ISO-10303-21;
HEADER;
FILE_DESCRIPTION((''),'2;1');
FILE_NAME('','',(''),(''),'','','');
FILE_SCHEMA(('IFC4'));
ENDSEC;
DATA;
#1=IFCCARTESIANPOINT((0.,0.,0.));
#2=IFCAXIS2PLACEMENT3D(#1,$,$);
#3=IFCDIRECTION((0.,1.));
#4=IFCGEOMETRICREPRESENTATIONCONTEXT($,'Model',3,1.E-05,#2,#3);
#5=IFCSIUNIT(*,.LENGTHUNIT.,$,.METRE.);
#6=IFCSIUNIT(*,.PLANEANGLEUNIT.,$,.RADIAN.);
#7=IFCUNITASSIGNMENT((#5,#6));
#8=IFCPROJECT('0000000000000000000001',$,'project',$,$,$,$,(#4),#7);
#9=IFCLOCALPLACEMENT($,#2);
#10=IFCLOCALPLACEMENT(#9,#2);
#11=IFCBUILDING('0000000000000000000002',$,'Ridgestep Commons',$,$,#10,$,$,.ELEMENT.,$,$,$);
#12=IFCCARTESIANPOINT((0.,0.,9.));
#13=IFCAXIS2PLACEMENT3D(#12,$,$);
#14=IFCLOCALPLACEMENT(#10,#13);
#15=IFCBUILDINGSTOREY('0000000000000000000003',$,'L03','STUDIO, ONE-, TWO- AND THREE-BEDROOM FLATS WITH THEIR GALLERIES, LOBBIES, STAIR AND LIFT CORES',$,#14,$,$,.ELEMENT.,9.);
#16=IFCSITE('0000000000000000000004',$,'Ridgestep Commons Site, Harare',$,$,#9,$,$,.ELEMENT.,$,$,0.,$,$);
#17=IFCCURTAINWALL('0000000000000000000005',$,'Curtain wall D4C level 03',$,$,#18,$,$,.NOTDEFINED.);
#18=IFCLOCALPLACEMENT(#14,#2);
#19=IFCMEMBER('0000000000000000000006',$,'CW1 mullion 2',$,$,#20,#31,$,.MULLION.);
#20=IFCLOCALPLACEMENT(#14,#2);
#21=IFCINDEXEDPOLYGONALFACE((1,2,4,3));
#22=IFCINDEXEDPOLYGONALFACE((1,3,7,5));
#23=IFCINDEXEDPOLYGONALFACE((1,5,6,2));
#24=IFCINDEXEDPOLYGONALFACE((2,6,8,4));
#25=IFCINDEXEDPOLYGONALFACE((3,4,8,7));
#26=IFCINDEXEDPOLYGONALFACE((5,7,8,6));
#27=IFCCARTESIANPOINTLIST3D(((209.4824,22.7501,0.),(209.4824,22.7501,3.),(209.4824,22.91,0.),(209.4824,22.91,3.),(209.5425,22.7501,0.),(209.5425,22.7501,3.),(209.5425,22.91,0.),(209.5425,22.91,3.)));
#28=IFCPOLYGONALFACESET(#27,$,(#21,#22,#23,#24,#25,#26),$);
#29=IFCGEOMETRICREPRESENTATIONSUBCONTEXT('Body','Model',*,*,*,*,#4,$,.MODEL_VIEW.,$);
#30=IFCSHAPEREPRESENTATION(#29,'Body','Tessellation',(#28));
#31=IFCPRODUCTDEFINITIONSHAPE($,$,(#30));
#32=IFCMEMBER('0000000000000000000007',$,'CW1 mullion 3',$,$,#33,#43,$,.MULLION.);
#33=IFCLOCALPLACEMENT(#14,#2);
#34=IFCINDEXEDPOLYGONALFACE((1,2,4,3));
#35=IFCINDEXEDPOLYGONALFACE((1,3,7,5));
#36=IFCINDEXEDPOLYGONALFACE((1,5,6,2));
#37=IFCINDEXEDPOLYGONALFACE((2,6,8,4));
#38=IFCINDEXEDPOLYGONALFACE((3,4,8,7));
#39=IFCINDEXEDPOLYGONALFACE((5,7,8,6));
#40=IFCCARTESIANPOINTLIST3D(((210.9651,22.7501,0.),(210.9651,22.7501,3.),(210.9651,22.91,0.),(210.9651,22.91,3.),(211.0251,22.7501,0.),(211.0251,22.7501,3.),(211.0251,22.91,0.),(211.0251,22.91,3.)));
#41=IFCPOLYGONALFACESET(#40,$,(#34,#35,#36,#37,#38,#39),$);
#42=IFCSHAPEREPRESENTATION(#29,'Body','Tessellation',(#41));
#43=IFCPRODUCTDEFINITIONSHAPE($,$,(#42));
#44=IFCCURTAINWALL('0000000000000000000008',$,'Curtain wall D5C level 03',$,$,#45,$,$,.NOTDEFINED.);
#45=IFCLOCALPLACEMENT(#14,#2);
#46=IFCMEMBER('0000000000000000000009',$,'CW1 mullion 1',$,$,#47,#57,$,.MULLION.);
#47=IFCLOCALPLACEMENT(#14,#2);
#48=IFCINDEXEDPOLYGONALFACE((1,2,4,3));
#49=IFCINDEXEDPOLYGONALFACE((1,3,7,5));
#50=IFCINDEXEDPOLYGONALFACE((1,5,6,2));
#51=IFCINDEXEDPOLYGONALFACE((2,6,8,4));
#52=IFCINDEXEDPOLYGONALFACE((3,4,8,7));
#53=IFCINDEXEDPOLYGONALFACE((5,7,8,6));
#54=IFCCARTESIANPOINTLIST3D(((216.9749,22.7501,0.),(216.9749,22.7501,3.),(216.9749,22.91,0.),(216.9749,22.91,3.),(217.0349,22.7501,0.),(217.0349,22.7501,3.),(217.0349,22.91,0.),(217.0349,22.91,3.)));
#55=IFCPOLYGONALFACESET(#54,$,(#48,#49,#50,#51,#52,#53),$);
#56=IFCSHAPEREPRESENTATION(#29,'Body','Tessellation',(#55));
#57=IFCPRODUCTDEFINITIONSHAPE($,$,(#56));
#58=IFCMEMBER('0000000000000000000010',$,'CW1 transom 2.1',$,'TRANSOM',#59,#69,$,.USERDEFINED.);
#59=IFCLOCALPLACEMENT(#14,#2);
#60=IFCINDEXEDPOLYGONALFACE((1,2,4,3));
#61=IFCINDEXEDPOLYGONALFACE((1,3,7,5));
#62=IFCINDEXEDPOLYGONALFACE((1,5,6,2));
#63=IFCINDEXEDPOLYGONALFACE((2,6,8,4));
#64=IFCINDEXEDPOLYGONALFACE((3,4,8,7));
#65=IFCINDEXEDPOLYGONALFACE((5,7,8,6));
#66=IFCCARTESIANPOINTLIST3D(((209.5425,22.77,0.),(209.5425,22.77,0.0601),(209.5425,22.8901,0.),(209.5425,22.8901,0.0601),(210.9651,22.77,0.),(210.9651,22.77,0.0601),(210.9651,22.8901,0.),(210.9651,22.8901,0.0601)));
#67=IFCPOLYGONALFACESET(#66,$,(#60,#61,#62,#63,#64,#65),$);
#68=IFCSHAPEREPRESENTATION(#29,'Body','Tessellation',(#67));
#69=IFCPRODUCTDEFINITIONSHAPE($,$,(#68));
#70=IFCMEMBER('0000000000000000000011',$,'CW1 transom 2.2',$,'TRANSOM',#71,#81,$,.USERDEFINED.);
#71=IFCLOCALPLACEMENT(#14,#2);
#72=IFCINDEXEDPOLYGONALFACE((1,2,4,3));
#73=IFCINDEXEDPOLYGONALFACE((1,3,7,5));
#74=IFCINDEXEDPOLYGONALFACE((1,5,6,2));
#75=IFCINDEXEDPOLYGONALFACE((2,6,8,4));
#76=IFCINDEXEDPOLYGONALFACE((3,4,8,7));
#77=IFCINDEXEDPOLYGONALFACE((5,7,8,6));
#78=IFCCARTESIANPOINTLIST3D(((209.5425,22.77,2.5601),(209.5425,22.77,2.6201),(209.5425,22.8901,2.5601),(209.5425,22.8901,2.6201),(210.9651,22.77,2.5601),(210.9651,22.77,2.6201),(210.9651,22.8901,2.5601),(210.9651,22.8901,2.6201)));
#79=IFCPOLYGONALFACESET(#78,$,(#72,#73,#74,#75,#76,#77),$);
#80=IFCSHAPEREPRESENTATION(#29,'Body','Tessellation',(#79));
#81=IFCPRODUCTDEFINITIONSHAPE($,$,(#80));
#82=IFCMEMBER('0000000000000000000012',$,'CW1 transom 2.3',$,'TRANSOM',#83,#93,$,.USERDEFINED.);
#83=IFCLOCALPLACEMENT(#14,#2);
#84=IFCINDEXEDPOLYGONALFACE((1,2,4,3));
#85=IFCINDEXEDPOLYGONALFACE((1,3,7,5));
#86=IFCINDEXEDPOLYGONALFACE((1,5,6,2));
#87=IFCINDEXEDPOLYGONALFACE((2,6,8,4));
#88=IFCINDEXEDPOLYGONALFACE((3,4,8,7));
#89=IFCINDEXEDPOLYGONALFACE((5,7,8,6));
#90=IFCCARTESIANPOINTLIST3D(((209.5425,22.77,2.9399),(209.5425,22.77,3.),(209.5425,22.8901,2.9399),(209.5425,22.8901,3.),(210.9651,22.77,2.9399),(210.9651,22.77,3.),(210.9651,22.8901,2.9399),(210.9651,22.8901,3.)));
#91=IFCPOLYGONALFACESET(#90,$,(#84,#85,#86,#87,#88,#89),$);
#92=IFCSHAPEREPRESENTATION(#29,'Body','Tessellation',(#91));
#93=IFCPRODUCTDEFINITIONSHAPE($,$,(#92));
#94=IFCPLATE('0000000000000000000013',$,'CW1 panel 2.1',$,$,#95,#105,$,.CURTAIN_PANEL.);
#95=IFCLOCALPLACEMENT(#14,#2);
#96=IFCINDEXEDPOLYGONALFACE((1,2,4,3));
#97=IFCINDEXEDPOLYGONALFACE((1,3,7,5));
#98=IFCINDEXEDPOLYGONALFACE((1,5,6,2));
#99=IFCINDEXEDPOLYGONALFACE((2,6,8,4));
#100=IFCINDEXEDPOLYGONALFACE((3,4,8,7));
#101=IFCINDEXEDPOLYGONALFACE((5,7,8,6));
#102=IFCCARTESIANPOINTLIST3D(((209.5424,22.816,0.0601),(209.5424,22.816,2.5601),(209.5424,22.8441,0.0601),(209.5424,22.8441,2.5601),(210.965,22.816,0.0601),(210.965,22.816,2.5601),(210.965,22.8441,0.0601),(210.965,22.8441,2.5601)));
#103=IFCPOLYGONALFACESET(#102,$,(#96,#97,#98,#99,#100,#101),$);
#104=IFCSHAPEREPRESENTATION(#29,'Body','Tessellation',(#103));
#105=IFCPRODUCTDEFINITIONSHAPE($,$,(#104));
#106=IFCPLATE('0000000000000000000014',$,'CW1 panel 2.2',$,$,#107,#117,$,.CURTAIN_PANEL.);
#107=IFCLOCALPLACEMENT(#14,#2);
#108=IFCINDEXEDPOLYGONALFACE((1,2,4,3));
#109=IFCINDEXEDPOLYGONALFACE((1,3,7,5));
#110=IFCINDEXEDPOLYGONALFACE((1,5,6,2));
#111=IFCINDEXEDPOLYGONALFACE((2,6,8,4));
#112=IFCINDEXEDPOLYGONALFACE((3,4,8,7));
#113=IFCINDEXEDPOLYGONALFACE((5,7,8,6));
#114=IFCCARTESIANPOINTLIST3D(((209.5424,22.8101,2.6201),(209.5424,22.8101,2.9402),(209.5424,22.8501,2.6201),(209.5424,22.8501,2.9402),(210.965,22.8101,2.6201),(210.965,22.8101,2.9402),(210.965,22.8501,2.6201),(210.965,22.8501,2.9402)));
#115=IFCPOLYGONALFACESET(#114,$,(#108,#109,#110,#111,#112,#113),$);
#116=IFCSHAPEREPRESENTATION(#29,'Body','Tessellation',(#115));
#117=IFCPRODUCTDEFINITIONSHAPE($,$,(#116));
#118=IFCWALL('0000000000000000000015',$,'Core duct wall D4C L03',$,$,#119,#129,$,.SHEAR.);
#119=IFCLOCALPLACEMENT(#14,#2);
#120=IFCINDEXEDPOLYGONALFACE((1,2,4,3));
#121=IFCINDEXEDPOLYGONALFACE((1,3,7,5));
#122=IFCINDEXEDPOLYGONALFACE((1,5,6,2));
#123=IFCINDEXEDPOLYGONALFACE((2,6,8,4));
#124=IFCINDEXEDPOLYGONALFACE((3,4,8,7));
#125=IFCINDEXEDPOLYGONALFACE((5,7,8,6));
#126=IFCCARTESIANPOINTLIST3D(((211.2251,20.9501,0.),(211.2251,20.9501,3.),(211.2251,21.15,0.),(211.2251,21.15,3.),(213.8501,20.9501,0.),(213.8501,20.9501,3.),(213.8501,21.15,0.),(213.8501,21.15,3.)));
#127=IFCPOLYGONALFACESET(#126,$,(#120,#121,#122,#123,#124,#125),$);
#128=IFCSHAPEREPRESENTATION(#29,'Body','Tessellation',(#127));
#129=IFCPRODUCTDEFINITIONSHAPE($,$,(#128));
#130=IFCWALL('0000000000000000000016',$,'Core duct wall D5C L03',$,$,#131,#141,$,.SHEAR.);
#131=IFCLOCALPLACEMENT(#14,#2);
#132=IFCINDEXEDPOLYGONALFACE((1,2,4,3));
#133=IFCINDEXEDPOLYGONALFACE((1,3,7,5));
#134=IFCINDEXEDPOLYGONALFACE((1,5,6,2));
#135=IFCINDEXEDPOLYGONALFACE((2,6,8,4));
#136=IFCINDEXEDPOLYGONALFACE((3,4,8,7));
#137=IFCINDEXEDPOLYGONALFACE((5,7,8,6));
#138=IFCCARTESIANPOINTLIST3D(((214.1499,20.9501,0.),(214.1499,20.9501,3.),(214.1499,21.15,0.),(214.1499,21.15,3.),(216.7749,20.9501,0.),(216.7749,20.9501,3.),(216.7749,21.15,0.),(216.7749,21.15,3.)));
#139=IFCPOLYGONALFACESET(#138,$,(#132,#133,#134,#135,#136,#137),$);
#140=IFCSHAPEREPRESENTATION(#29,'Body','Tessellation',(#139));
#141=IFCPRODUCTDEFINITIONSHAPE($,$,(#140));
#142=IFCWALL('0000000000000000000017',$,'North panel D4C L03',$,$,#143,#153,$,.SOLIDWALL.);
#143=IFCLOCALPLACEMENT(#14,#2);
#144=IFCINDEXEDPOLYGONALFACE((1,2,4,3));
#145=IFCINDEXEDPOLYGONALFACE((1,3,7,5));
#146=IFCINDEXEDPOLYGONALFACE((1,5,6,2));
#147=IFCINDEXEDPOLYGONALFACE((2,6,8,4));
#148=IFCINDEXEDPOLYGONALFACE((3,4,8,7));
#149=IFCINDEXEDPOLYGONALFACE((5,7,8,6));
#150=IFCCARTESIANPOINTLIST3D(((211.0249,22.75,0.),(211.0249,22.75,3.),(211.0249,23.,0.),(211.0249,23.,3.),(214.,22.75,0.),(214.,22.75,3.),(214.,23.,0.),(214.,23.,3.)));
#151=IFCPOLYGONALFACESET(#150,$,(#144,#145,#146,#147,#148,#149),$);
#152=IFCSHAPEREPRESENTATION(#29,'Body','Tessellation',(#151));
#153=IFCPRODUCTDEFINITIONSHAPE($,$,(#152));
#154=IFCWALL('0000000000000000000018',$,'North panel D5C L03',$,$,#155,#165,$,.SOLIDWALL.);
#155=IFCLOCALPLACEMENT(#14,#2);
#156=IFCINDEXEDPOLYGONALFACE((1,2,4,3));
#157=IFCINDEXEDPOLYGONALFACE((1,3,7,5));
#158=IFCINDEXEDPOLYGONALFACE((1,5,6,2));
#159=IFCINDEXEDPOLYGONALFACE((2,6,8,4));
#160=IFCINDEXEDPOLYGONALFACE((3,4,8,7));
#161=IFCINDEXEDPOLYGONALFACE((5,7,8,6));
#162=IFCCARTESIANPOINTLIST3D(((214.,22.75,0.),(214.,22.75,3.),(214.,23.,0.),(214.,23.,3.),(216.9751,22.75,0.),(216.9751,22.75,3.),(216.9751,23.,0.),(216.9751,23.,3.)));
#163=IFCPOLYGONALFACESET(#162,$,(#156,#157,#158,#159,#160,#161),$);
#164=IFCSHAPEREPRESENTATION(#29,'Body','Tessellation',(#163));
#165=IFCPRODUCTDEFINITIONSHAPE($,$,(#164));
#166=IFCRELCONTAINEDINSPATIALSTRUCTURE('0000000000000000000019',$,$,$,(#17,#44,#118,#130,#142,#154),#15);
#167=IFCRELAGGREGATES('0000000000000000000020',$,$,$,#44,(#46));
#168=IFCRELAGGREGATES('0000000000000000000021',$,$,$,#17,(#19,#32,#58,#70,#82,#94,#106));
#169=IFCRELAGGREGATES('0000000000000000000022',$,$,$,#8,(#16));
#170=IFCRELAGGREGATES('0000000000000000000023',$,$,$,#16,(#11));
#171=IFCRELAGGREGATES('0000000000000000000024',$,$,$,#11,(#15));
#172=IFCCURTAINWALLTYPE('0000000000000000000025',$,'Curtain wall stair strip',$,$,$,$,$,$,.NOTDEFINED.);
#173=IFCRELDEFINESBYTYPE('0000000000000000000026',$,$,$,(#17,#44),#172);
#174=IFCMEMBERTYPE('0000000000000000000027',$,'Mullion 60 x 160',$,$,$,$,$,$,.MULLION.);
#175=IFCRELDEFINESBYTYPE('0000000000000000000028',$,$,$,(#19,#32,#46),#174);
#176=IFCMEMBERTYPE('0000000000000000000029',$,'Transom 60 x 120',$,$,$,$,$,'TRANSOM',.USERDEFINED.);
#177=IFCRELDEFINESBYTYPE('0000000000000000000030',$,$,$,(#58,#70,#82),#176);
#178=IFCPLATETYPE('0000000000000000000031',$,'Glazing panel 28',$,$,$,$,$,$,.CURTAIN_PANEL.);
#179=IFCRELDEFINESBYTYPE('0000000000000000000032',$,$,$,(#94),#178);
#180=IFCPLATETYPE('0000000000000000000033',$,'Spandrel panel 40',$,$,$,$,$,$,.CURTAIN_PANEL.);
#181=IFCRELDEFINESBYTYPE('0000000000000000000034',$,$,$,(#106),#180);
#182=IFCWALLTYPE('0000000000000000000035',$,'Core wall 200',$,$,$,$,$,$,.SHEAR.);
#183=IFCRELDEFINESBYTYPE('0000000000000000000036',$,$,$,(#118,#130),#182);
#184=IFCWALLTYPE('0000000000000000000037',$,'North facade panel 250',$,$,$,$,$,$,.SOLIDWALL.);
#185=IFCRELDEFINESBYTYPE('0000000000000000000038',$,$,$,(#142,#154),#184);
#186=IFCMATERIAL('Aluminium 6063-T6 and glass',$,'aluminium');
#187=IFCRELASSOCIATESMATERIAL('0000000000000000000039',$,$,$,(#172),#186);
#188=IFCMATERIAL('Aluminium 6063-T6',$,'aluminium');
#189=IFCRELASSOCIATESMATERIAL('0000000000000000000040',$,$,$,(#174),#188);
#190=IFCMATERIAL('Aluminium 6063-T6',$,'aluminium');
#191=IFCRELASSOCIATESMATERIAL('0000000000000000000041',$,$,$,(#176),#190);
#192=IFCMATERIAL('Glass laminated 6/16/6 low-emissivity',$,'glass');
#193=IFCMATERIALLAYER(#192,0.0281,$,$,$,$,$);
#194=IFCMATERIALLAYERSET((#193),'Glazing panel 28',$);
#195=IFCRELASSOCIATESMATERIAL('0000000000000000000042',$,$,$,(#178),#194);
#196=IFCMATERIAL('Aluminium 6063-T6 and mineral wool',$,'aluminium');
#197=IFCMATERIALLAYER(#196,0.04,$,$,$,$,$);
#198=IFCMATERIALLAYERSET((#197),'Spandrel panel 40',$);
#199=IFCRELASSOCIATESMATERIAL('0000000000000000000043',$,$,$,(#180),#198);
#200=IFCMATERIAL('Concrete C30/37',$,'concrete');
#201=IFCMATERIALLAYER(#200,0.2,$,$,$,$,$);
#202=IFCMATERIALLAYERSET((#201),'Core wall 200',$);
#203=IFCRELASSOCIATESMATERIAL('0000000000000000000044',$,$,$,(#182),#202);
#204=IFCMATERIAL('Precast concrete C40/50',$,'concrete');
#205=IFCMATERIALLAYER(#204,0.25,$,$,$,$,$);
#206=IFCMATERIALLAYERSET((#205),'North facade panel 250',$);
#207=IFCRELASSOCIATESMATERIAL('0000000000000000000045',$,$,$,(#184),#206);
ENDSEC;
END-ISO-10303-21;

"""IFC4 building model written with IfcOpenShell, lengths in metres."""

from ifc_helpers import new_model, si_unit, direction, frame, frame_2d, origin, origin_2d, place, context, subcontext, project, spatial, rectangle, extrude, material, layer, layer_set, material_profile, profile_set, type_object, element, aggregate, save


model = new_model("IFC4")

# Units and contexts
model_context = context("Model", 3, precision=1e-05, world=origin(), true_north=direction((0.0, 1.0)))
body_context = subcontext(model_context, "Body", "Model", "MODEL_VIEW")
ifc_project = project(units=[si_unit("LENGTHUNIT", "METRE"), si_unit("PLANEANGLEUNIT", "RADIAN")], contexts=[model_context])

# Site, building, storey
site_placement = place(None, origin())
site = spatial("IfcSite", under=ifc_project, at=site_placement, Name="Ridgestep Commons Site, Harare", CompositionType="ELEMENT", RefElevation=0.0)
building_placement = place(site_placement, origin())
building = spatial("IfcBuilding", under=site, at=building_placement, Name="Ridgestep Commons", CompositionType="ELEMENT")
storey_placement = place(building_placement, frame((0.0, 0.0, 9.0)))
storey = spatial("IfcBuildingStorey", under=building, at=storey_placement, Name="L03", Description="STUDIO, ONE-, TWO- AND THREE-BEDROOM FLATS WITH THEIR GALLERIES, LOBBIES, STAIR AND LIFT CORES", CompositionType="ELEMENT", Elevation=9.0)

# Curtain wall, members
ifc_material_1 = material(Name="Aluminium 6063-T6 and glass", Category="aluminium")
curtain_wall_type = type_object("IfcCurtainWallType", Name="Curtain wall stair strip", PredefinedType="NOTDEFINED", material=ifc_material_1)
curtain_wall_1_placement = place(storey_placement, origin())
curtain_wall_1 = element("IfcCurtainWall", 1, at=curtain_wall_1_placement, inside=storey, type_object=curtain_wall_type, Name="Curtain wall D4C level 03", PredefinedType="NOTDEFINED")
ifc_material_2 = material(Name="Aluminium 6063-T6", Category="aluminium")
ifc_material_profile_1 = material_profile(ifc_material_2, rectangle(XDim=0.1599, YDim=0.0601, at=origin_2d()), Name="Mullion 60 x 160")
ifc_profile_set_1 = profile_set([ifc_material_profile_1], Name="Aluminium 6063-T6")
member_type_1 = type_object("IfcMemberType", Name="Mullion 60 x 160", PredefinedType="MULLION", material=ifc_profile_set_1)
member_1_placement = place(storey_placement, frame((209.5125, 22.8301, 0.0), z_axis=(0.0, 0.0, 1.0), x_axis=(0.0, 1.0, 0.0)))
member_1 = element("IfcMember", 2, at=member_1_placement, type_object=member_type_1, Name="CW1 mullion 2", PredefinedType="MULLION", context=body_context, shape_type="SweptSolid", body=[
    extrude(rectangle(XDim=0.1599, YDim=0.0601, at=origin_2d()), origin(), (0.0, 0.0, 1.0), 3.0),
])
member_2_placement = place(storey_placement, frame((210.9951, 22.8301, 0.0), z_axis=(0.0, 0.0, 1.0), x_axis=(0.0, 1.0, 0.0)))
member_2 = element("IfcMember", 3, at=member_2_placement, type_object=member_type_1, Name="CW1 mullion 3", PredefinedType="MULLION", context=body_context, shape_type="SweptSolid", body=[
    extrude(rectangle(XDim=0.1599, YDim=0.0601, at=origin_2d()), origin(), (0.0, 0.0, 1.0), 3.0),
])

# Curtain wall, member
curtain_wall_2_placement = place(storey_placement, origin())
curtain_wall_2 = element("IfcCurtainWall", 4, at=curtain_wall_2_placement, inside=storey, type_object=curtain_wall_type, Name="Curtain wall D5C level 03", PredefinedType="NOTDEFINED")
member_3_placement = place(storey_placement, frame((217.0049, 22.8301, 0.0), z_axis=(0.0, 0.0, 1.0), x_axis=(0.0, 1.0, 0.0)))
member_3 = element("IfcMember", 5, at=member_3_placement, type_object=member_type_1, Name="CW1 mullion 1", PredefinedType="MULLION", context=body_context, shape_type="SweptSolid", body=[
    extrude(rectangle(XDim=0.1599, YDim=0.0601, at=origin_2d()), origin(), (0.0, 0.0, 1.0), 3.0),
])
aggregate(curtain_wall_2, [member_3])

# Members
ifc_material_3 = material(Name="Aluminium 6063-T6", Category="aluminium")
ifc_material_profile_2 = material_profile(ifc_material_3, rectangle(XDim=0.1201, YDim=0.0601, at=origin_2d()), Name="Transom 60 x 120")
ifc_profile_set_2 = profile_set([ifc_material_profile_2], Name="Aluminium 6063-T6")
member_type_2 = type_object("IfcMemberType", Name="Transom 60 x 120", ElementType="TRANSOM", PredefinedType="USERDEFINED", material=ifc_profile_set_2)
member_4_placement = place(storey_placement, frame((209.5425, 22.8301, 0.03), z_axis=(1.0, 0.0, 0.0), x_axis=(0.0, 1.0, 0.0)))
member_4 = element("IfcMember", 6, at=member_4_placement, type_object=member_type_2, Name="CW1 transom 2.1", ObjectType="TRANSOM", PredefinedType="USERDEFINED", context=body_context, shape_type="SweptSolid", body=[
    extrude(rectangle(XDim=0.1201, YDim=0.0601, at=origin_2d()), origin(), (0.0, 0.0, 1.0), 1.4226),
])
member_5_placement = place(storey_placement, frame((209.5425, 22.8301, 2.5901), z_axis=(1.0, 0.0, 0.0), x_axis=(0.0, 1.0, 0.0)))
member_5 = element("IfcMember", 7, at=member_5_placement, type_object=member_type_2, Name="CW1 transom 2.2", ObjectType="TRANSOM", PredefinedType="USERDEFINED", context=body_context, shape_type="SweptSolid", body=[
    extrude(rectangle(XDim=0.1201, YDim=0.0601, at=origin_2d()), origin(), (0.0, 0.0, 1.0), 1.4226),
])
member_6_placement = place(storey_placement, frame((209.5425, 22.8301, 2.97), z_axis=(1.0, 0.0, 0.0), x_axis=(0.0, 1.0, 0.0)))
member_6 = element("IfcMember", 8, at=member_6_placement, type_object=member_type_2, Name="CW1 transom 2.3", ObjectType="TRANSOM", PredefinedType="USERDEFINED", context=body_context, shape_type="SweptSolid", body=[
    extrude(rectangle(XDim=0.1201, YDim=0.0601, at=origin_2d()), origin(), (0.0, 0.0, 1.0), 1.4226),
])

# Plates
ifc_material_4 = material(Name="Glass laminated 6/16/6 low-emissivity", Category="glass")
ifc_layer_1 = layer(ifc_material_4, 0.0281)
ifc_layer_set_1 = layer_set([ifc_layer_1], Name="Glazing panel 28")
plate_type_1 = type_object("IfcPlateType", Name="Glazing panel 28", PredefinedType="CURTAIN_PANEL", material=ifc_layer_set_1)
plate_1_placement = place(storey_placement, frame((210.2537, 22.8301, 0.0601), z_axis=(0.0, 0.0, 1.0), x_axis=(1.0, 0.0, 0.0)))
plate_1 = element("IfcPlate", 9, at=plate_1_placement, type_object=plate_type_1, Name="CW1 panel 2.1", PredefinedType="CURTAIN_PANEL", context=body_context, shape_type="SweptSolid", body=[
    extrude(rectangle(XDim=1.4226, YDim=0.0281, at=origin_2d()), origin(), (0.0, 0.0, 1.0), 2.5),
])
ifc_material_5 = material(Name="Aluminium 6063-T6 and mineral wool", Category="aluminium")
ifc_layer_2 = layer(ifc_material_5, 0.04)
ifc_layer_set_2 = layer_set([ifc_layer_2], Name="Spandrel panel 40")
plate_type_2 = type_object("IfcPlateType", Name="Spandrel panel 40", PredefinedType="CURTAIN_PANEL", material=ifc_layer_set_2)
plate_2_placement = place(storey_placement, frame((210.2537, 22.8301, 2.6201), z_axis=(0.0, 0.0, 1.0), x_axis=(1.0, 0.0, 0.0)))
plate_2 = element("IfcPlate", 10, at=plate_2_placement, type_object=plate_type_2, Name="CW1 panel 2.2", PredefinedType="CURTAIN_PANEL", context=body_context, shape_type="SweptSolid", body=[
    extrude(rectangle(XDim=1.4226, YDim=0.04, at=origin_2d()), origin(), (0.0, 0.0, 1.0), 0.3201),
])
aggregate(curtain_wall_1, [member_1, member_2, member_4, member_5, member_6, plate_1, plate_2])

# Walls
ifc_material_6 = material(Name="Concrete C30/37", Category="concrete")
ifc_layer_3 = layer(ifc_material_6, 0.2)
ifc_layer_set_3 = layer_set([ifc_layer_3], Name="Core wall 200")
wall_type_1 = type_object("IfcWallType", Name="Core wall 200", PredefinedType="SHEAR", material=ifc_layer_set_3)
for number, where, z_axis, x_axis, name in (
    (11, (211.2251, 21.05, 0.0), (0.0, 0.0, 1.0), (1.0, 0.0, 0.0), "Core duct wall D4C L03"),
    (12, (214.1499, 21.05, 0.0), (0.0, 0.0, 1.0), (1.0, 0.0, 0.0), "Core duct wall D5C L03"),
):
    element("IfcWall", number, at=place(storey_placement, frame(where, z_axis=z_axis, x_axis=x_axis)), inside=storey, type_object=wall_type_1, Name=name, PredefinedType="SHEAR", context=body_context, shape_type="SweptSolid", body=[
        extrude(rectangle(XDim=2.625, YDim=0.2, at=frame_2d((1.3125, 0.0))), origin(), (0.0, 0.0, 1.0), 3.0),
    ])
ifc_material_7 = material(Name="Precast concrete C40/50", Category="concrete")
ifc_layer_4 = layer(ifc_material_7, 0.25)
ifc_layer_set_4 = layer_set([ifc_layer_4], Name="North facade panel 250")
wall_type_2 = type_object("IfcWallType", Name="North facade panel 250", PredefinedType="SOLIDWALL", material=ifc_layer_set_4)
for number, where, z_axis, x_axis, name in (
    (13, (211.0249, 22.875, 0.0), (0.0, 0.0, 1.0), (1.0, 0.0, 0.0), "North panel D4C L03"),
    (14, (214.0, 22.875, 0.0), (0.0, 0.0, 1.0), (1.0, 0.0, 0.0), "North panel D5C L03"),
):
    element("IfcWall", number, at=place(storey_placement, frame(where, z_axis=z_axis, x_axis=x_axis)), inside=storey, type_object=wall_type_2, Name=name, PredefinedType="SOLIDWALL", context=body_context, shape_type="SweptSolid", body=[
        extrude(rectangle(XDim=2.9751, YDim=0.25, at=frame_2d((1.4875, 0.0))), origin(), (0.0, 0.0, 1.0), 3.0),
    ])

save(model, "model.ifc")
